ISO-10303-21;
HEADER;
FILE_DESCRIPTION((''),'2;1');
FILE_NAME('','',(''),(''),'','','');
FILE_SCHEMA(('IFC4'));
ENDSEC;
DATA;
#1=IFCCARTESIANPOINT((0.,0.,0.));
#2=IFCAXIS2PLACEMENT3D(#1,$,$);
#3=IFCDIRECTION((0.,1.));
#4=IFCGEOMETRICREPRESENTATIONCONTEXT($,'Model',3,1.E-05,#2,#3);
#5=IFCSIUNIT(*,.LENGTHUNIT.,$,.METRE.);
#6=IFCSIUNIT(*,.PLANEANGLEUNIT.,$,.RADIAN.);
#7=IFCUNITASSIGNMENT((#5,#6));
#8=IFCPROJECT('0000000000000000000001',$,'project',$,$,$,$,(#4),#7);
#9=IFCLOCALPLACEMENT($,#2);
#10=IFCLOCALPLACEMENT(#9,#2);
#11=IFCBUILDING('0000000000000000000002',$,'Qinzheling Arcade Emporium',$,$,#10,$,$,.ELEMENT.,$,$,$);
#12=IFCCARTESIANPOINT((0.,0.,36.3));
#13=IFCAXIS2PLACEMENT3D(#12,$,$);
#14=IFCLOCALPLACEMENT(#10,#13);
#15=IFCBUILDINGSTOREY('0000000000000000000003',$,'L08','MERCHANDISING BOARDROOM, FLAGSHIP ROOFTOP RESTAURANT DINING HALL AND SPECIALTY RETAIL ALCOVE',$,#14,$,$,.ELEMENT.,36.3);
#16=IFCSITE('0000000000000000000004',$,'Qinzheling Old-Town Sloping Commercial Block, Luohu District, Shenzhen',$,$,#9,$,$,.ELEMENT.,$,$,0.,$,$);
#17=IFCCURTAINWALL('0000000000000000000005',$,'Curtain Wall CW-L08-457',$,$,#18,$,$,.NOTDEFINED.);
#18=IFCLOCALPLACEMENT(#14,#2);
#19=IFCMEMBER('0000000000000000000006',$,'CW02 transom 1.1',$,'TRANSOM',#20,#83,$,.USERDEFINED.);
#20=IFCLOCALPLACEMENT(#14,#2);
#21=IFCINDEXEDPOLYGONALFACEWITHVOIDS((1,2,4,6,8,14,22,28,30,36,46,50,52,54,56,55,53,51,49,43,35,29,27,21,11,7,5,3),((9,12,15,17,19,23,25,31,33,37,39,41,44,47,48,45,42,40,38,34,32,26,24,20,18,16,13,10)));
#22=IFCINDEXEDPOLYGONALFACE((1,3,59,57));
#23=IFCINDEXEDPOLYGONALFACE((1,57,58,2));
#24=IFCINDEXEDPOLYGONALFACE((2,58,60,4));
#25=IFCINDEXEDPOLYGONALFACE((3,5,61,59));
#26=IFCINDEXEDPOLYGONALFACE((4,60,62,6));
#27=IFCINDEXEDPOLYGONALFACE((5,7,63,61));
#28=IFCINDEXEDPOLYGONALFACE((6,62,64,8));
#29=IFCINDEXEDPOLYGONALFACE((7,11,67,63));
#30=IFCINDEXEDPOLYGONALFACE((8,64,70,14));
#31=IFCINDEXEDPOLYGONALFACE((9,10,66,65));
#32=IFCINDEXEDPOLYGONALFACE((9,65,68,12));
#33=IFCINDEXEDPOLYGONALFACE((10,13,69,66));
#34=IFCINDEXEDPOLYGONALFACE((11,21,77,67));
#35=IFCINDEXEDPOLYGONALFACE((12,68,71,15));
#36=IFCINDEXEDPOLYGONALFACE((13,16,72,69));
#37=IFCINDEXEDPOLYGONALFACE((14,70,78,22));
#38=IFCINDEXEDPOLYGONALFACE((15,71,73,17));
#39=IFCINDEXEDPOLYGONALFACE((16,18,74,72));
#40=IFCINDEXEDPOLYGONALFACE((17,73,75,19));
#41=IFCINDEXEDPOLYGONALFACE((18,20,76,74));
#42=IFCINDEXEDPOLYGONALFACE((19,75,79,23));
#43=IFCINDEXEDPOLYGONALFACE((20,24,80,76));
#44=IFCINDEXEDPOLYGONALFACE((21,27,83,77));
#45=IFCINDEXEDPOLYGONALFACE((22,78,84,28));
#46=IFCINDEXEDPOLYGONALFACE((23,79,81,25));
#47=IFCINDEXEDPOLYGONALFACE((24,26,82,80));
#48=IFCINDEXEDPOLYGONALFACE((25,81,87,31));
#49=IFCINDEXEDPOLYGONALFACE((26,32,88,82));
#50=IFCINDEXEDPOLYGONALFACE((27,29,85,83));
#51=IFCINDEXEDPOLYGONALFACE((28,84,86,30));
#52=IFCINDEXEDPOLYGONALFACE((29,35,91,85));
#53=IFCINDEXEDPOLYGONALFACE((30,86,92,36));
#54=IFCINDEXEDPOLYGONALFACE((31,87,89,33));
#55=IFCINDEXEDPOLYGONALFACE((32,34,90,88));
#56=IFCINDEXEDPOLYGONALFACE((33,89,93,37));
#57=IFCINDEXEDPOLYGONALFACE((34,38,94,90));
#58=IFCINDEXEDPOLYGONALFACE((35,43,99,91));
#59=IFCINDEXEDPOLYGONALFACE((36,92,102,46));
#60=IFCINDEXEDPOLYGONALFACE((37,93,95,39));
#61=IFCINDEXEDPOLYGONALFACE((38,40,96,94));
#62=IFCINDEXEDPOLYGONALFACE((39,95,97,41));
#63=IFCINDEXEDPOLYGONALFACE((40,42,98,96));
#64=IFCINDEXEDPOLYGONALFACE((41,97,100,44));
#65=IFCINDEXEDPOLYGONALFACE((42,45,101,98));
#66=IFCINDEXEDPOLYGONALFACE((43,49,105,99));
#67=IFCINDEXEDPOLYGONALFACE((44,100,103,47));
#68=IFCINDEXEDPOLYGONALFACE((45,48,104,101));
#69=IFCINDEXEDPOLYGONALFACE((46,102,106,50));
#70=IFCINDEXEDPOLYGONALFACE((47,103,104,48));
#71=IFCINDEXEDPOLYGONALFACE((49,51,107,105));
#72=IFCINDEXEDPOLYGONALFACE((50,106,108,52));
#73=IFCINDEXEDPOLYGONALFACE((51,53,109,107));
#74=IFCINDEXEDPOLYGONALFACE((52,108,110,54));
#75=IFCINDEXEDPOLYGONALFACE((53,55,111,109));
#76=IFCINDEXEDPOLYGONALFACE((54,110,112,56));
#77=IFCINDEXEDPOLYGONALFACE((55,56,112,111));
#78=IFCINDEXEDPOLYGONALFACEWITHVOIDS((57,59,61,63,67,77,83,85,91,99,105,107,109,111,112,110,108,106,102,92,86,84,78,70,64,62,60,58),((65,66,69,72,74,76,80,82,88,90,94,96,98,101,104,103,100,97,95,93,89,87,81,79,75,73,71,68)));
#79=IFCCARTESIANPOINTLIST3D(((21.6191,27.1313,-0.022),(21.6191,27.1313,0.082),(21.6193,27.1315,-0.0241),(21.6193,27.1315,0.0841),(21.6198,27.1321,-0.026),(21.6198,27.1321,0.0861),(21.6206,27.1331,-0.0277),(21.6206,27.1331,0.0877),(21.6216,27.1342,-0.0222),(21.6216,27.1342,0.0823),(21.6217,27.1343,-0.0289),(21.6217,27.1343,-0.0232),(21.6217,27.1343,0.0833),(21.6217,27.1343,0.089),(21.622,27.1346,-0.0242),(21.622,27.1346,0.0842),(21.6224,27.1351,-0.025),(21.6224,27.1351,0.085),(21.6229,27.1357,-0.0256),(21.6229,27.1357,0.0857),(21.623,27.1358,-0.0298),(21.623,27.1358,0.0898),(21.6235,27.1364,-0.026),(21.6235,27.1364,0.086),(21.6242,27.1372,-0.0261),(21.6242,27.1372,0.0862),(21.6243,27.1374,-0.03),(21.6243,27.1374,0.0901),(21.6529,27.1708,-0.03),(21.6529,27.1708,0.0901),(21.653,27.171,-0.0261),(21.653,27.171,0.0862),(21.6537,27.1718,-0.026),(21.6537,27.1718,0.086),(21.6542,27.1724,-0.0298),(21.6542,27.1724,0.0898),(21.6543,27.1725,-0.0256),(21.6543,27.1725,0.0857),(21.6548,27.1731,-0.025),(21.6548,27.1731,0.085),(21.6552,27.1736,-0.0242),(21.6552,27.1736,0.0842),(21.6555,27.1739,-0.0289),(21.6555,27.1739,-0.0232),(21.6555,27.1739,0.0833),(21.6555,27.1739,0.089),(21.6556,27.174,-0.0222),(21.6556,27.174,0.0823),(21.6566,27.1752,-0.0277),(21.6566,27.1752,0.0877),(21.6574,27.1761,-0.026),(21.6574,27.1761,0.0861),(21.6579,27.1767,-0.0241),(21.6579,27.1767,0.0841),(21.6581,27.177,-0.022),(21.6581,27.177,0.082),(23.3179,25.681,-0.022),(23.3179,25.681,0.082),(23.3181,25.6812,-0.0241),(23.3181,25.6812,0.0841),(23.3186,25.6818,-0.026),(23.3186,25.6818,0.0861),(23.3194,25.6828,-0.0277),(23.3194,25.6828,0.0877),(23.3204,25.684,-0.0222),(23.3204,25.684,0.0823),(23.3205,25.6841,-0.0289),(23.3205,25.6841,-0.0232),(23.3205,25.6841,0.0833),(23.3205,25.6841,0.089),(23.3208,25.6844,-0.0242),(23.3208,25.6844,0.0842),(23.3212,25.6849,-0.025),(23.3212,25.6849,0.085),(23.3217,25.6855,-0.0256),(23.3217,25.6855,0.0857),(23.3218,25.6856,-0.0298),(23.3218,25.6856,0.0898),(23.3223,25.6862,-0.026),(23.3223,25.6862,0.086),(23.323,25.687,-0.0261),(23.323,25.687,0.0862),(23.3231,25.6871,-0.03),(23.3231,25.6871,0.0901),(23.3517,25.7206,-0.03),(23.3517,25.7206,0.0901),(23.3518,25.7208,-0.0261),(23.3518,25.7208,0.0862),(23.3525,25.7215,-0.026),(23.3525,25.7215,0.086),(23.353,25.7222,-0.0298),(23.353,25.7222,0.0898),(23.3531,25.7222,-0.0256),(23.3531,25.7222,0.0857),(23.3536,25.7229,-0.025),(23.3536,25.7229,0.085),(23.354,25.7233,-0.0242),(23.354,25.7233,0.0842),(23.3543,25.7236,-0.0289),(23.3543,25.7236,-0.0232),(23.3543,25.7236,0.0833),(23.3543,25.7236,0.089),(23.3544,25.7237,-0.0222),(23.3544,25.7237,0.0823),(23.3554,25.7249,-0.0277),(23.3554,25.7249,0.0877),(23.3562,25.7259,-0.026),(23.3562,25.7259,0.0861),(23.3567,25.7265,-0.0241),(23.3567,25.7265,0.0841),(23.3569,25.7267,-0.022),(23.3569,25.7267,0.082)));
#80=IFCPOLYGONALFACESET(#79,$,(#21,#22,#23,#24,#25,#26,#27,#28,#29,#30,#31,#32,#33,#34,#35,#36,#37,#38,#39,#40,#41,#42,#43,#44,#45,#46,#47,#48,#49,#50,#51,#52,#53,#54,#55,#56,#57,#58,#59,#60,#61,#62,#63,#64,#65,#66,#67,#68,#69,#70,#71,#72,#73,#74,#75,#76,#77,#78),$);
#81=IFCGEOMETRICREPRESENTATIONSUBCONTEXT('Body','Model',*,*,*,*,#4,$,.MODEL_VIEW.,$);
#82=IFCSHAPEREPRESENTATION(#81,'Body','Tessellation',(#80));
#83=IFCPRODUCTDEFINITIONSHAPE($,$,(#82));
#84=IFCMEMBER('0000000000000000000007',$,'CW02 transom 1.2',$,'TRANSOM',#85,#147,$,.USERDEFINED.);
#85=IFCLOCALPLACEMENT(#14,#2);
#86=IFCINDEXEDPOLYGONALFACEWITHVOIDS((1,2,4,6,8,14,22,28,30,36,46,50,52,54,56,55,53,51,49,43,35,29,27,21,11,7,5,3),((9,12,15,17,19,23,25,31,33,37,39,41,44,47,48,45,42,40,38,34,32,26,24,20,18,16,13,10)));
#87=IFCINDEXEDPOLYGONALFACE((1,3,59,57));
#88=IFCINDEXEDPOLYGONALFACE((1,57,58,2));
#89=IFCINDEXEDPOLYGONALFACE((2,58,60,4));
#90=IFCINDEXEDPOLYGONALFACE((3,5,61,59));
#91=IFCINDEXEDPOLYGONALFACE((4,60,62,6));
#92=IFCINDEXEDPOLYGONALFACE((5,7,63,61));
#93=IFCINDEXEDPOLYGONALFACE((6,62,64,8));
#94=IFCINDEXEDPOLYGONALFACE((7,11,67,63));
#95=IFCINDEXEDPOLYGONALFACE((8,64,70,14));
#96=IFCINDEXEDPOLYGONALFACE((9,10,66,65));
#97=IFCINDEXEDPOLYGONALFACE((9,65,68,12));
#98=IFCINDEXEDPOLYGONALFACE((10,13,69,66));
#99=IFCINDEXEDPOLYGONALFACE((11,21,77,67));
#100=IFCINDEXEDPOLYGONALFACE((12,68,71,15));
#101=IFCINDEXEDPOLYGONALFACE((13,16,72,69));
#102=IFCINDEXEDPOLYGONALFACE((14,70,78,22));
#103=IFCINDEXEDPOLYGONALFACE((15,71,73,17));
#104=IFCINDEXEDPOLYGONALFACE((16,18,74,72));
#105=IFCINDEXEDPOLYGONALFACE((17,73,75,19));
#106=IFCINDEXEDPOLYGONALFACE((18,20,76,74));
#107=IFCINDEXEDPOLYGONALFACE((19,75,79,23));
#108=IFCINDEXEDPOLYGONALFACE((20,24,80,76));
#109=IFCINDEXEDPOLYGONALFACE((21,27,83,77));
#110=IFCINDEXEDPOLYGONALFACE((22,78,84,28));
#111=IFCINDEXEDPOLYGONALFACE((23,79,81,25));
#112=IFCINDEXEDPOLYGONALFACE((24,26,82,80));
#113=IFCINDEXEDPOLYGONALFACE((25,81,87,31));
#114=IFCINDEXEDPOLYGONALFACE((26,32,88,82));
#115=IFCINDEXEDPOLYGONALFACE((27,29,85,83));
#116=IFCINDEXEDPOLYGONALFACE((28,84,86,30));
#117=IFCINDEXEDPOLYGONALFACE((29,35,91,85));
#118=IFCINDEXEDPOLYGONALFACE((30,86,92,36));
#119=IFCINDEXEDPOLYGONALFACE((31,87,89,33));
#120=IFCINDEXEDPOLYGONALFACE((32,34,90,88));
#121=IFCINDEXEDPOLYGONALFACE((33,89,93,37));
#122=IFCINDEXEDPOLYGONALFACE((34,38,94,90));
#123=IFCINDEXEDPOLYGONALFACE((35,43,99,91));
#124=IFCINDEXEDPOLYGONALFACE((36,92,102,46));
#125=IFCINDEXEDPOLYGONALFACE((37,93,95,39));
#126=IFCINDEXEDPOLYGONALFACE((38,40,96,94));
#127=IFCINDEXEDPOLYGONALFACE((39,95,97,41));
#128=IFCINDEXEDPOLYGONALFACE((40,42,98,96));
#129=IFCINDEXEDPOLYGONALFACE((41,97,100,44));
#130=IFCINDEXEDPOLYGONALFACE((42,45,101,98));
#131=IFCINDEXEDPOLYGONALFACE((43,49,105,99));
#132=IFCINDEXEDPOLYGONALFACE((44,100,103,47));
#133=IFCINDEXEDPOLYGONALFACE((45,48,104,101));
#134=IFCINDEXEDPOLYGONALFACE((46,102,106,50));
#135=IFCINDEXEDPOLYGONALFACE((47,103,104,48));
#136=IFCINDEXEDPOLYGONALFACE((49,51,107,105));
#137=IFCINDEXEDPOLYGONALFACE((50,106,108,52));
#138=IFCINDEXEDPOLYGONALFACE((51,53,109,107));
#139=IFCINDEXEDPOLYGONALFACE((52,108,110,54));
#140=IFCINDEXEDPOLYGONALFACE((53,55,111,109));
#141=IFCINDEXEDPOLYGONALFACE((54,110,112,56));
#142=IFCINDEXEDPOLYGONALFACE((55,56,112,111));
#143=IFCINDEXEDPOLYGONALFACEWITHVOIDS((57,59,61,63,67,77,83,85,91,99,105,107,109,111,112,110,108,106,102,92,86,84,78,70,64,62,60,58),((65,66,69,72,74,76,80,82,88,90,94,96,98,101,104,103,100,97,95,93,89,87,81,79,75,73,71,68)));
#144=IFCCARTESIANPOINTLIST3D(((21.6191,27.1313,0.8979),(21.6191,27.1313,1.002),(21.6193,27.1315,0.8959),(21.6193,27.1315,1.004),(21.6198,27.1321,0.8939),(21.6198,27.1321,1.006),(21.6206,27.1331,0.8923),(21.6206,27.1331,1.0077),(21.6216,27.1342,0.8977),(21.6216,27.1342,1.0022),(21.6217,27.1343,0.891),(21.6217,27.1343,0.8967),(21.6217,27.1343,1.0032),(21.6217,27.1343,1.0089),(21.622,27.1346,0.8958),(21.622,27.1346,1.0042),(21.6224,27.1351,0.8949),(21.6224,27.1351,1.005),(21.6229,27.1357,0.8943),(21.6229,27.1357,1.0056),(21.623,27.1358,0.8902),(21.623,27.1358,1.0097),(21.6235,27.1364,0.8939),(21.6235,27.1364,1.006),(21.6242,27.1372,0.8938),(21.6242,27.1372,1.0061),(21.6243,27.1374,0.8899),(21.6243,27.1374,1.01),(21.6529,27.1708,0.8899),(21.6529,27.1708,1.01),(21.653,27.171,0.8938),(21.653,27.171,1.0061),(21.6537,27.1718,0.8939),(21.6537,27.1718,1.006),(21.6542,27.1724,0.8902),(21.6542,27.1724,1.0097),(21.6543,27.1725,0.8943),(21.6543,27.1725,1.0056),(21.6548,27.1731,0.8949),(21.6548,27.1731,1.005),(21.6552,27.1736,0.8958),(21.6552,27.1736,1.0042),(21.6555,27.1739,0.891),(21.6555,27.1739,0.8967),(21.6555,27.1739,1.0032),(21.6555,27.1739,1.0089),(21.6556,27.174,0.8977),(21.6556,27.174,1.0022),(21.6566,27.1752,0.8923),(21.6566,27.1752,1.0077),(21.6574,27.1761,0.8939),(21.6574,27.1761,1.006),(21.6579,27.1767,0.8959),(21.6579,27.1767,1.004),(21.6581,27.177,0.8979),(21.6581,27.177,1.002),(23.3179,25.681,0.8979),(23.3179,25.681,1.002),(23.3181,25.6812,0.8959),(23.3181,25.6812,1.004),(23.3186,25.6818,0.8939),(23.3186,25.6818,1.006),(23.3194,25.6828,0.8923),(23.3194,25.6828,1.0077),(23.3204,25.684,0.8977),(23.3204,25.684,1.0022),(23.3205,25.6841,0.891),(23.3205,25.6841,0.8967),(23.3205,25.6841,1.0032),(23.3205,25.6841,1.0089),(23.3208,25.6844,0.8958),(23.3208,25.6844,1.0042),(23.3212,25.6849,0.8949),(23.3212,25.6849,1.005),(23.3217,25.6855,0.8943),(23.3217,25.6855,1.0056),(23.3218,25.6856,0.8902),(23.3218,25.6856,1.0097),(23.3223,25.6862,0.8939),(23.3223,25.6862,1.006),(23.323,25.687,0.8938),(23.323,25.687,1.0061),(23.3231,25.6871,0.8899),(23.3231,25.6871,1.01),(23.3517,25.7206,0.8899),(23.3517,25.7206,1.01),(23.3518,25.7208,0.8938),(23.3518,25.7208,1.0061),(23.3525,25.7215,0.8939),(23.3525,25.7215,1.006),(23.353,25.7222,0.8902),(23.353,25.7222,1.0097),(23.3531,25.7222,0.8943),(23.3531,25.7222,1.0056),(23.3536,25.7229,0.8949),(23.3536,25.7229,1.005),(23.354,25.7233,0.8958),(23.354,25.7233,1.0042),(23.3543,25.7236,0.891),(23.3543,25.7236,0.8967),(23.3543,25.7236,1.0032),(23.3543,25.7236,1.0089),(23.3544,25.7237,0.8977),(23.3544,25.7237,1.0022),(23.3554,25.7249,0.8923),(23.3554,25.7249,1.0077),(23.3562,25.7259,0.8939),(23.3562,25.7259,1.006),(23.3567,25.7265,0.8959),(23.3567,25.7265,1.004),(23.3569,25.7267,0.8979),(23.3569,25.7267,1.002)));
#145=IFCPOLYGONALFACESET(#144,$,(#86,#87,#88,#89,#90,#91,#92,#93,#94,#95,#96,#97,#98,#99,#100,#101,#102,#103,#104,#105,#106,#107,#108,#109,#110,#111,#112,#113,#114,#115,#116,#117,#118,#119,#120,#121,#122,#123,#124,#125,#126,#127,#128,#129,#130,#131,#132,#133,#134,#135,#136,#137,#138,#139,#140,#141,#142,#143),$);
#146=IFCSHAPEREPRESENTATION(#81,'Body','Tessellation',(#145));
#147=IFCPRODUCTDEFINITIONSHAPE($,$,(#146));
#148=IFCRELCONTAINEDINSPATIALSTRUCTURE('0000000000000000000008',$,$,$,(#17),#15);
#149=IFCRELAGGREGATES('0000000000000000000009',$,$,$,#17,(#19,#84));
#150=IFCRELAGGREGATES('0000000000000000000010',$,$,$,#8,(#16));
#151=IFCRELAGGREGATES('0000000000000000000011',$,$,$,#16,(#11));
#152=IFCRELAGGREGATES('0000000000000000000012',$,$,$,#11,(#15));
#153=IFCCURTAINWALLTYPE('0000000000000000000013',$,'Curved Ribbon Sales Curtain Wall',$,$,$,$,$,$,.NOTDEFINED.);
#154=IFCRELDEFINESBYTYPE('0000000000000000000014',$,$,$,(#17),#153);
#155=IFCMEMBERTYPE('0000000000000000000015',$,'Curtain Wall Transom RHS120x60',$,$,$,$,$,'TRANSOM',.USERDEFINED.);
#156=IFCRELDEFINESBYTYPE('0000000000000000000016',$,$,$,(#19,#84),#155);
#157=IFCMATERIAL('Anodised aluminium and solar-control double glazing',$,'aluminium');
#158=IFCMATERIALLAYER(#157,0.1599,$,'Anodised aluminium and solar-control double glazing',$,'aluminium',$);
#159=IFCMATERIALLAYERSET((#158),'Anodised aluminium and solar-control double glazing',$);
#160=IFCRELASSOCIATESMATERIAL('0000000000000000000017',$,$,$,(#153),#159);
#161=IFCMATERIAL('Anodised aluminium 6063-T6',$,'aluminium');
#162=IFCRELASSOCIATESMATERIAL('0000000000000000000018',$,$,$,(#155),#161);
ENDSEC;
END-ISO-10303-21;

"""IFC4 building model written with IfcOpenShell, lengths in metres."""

from ifc_helpers import new_model, si_unit, direction, frame, origin, origin_2d, place, context, subcontext, project, spatial, hollow_rectangle, extrude, material, layer, layer_set, material_profile, profile_set, type_object, element, aggregate, save


model = new_model("IFC4")

# Units and contexts
model_context = context("Model", 3, precision=1e-05, world=origin(), true_north=direction((0.0, 1.0)))
body_context = subcontext(model_context, "Body", "Model", "MODEL_VIEW")
ifc_project = project(units=[si_unit("LENGTHUNIT", "METRE"), si_unit("PLANEANGLEUNIT", "RADIAN")], contexts=[model_context])

# Site, building, storey
site_placement = place(None, origin())
site = spatial("IfcSite", under=ifc_project, at=site_placement, Name="Qinzheling Old-Town Sloping Commercial Block, Luohu District, Shenzhen", CompositionType="ELEMENT", RefElevation=0.0)
building_placement = place(site_placement, origin())
building = spatial("IfcBuilding", under=site, at=building_placement, Name="Qinzheling Arcade Emporium", CompositionType="ELEMENT")
storey_placement = place(building_placement, frame((0.0, 0.0, 36.3)))
storey = spatial("IfcBuildingStorey", under=building, at=storey_placement, Name="L08", Description="MERCHANDISING BOARDROOM, FLAGSHIP ROOFTOP RESTAURANT DINING HALL AND SPECIALTY RETAIL ALCOVE", CompositionType="ELEMENT", Elevation=36.3)

# Shared definitions
ifc_material_1 = material(Name="Anodised aluminium and solar-control double glazing", Category="aluminium")
ifc_layer_1 = layer(ifc_material_1, 0.1599, Name="Anodised aluminium and solar-control double glazing", Category="aluminium")
ifc_layer_set_1 = layer_set([ifc_layer_1], Name="Anodised aluminium and solar-control double glazing")
curtain_wall_type = type_object("IfcCurtainWallType", Name="Curved Ribbon Sales Curtain Wall", PredefinedType="NOTDEFINED", material=ifc_layer_set_1)
ifc_material_2 = material(Name="Anodised aluminium 6063-T6", Category="aluminium")

# Curtain wall
curtain_wall_1_placement = place(storey_placement, origin())
curtain_wall_1 = element("IfcCurtainWall", 1, at=curtain_wall_1_placement, inside=storey, type_object=curtain_wall_type, Name="Curtain Wall CW-L08-457", PredefinedType="NOTDEFINED")

# Members
ifc_material_profile_1 = material_profile(ifc_material_2, hollow_rectangle(XDim=0.0601, YDim=0.1201, WallThickness=0.0039, InnerFilletRadius=0.0039, OuterFilletRadius=0.0081, at=origin_2d()), Name="RHS 120x60x4", Category="aluminium")
ifc_profile_set_1 = profile_set([ifc_material_profile_1], Name="Anodised aluminium 6063-T6")
member_type_1 = type_object("IfcMemberType", Name="Curtain Wall Transom RHS120x60", ElementType="TRANSOM", PredefinedType="USERDEFINED", material=ifc_profile_set_1)
member_1_placement = place(storey_placement, frame((23.3374, 25.7039, 0.03), z_axis=(-0.760551, 0.649278, 0.0), x_axis=(-0.649278, -0.760551, 0.0)))
member_1 = element("IfcMember", 2, at=member_1_placement, type_object=member_type_1, Name="CW02 transom 1.1", ObjectType="TRANSOM", PredefinedType="USERDEFINED", context=body_context, shape_type="SweptSolid", body=[
    extrude(hollow_rectangle(XDim=0.0601, YDim=0.1201, WallThickness=0.0039, InnerFilletRadius=0.0039, OuterFilletRadius=0.0081, at=origin_2d()), origin(), (0.0, 0.0, 1.0), 2.2336),
])
member_2_placement = place(storey_placement, frame((23.3374, 25.7039, 0.95), z_axis=(-0.760551, 0.649278, 0.0), x_axis=(-0.649278, -0.760551, 0.0)))
member_2 = element("IfcMember", 3, at=member_2_placement, type_object=member_type_1, Name="CW02 transom 1.2", ObjectType="TRANSOM", PredefinedType="USERDEFINED", context=body_context, shape_type="SweptSolid", body=[
    extrude(hollow_rectangle(XDim=0.0601, YDim=0.1201, WallThickness=0.0039, InnerFilletRadius=0.0039, OuterFilletRadius=0.0081, at=origin_2d()), origin(), (0.0, 0.0, 1.0), 2.2336),
])
aggregate(curtain_wall_1, [member_1, member_2])

save(model, "model.ifc")
